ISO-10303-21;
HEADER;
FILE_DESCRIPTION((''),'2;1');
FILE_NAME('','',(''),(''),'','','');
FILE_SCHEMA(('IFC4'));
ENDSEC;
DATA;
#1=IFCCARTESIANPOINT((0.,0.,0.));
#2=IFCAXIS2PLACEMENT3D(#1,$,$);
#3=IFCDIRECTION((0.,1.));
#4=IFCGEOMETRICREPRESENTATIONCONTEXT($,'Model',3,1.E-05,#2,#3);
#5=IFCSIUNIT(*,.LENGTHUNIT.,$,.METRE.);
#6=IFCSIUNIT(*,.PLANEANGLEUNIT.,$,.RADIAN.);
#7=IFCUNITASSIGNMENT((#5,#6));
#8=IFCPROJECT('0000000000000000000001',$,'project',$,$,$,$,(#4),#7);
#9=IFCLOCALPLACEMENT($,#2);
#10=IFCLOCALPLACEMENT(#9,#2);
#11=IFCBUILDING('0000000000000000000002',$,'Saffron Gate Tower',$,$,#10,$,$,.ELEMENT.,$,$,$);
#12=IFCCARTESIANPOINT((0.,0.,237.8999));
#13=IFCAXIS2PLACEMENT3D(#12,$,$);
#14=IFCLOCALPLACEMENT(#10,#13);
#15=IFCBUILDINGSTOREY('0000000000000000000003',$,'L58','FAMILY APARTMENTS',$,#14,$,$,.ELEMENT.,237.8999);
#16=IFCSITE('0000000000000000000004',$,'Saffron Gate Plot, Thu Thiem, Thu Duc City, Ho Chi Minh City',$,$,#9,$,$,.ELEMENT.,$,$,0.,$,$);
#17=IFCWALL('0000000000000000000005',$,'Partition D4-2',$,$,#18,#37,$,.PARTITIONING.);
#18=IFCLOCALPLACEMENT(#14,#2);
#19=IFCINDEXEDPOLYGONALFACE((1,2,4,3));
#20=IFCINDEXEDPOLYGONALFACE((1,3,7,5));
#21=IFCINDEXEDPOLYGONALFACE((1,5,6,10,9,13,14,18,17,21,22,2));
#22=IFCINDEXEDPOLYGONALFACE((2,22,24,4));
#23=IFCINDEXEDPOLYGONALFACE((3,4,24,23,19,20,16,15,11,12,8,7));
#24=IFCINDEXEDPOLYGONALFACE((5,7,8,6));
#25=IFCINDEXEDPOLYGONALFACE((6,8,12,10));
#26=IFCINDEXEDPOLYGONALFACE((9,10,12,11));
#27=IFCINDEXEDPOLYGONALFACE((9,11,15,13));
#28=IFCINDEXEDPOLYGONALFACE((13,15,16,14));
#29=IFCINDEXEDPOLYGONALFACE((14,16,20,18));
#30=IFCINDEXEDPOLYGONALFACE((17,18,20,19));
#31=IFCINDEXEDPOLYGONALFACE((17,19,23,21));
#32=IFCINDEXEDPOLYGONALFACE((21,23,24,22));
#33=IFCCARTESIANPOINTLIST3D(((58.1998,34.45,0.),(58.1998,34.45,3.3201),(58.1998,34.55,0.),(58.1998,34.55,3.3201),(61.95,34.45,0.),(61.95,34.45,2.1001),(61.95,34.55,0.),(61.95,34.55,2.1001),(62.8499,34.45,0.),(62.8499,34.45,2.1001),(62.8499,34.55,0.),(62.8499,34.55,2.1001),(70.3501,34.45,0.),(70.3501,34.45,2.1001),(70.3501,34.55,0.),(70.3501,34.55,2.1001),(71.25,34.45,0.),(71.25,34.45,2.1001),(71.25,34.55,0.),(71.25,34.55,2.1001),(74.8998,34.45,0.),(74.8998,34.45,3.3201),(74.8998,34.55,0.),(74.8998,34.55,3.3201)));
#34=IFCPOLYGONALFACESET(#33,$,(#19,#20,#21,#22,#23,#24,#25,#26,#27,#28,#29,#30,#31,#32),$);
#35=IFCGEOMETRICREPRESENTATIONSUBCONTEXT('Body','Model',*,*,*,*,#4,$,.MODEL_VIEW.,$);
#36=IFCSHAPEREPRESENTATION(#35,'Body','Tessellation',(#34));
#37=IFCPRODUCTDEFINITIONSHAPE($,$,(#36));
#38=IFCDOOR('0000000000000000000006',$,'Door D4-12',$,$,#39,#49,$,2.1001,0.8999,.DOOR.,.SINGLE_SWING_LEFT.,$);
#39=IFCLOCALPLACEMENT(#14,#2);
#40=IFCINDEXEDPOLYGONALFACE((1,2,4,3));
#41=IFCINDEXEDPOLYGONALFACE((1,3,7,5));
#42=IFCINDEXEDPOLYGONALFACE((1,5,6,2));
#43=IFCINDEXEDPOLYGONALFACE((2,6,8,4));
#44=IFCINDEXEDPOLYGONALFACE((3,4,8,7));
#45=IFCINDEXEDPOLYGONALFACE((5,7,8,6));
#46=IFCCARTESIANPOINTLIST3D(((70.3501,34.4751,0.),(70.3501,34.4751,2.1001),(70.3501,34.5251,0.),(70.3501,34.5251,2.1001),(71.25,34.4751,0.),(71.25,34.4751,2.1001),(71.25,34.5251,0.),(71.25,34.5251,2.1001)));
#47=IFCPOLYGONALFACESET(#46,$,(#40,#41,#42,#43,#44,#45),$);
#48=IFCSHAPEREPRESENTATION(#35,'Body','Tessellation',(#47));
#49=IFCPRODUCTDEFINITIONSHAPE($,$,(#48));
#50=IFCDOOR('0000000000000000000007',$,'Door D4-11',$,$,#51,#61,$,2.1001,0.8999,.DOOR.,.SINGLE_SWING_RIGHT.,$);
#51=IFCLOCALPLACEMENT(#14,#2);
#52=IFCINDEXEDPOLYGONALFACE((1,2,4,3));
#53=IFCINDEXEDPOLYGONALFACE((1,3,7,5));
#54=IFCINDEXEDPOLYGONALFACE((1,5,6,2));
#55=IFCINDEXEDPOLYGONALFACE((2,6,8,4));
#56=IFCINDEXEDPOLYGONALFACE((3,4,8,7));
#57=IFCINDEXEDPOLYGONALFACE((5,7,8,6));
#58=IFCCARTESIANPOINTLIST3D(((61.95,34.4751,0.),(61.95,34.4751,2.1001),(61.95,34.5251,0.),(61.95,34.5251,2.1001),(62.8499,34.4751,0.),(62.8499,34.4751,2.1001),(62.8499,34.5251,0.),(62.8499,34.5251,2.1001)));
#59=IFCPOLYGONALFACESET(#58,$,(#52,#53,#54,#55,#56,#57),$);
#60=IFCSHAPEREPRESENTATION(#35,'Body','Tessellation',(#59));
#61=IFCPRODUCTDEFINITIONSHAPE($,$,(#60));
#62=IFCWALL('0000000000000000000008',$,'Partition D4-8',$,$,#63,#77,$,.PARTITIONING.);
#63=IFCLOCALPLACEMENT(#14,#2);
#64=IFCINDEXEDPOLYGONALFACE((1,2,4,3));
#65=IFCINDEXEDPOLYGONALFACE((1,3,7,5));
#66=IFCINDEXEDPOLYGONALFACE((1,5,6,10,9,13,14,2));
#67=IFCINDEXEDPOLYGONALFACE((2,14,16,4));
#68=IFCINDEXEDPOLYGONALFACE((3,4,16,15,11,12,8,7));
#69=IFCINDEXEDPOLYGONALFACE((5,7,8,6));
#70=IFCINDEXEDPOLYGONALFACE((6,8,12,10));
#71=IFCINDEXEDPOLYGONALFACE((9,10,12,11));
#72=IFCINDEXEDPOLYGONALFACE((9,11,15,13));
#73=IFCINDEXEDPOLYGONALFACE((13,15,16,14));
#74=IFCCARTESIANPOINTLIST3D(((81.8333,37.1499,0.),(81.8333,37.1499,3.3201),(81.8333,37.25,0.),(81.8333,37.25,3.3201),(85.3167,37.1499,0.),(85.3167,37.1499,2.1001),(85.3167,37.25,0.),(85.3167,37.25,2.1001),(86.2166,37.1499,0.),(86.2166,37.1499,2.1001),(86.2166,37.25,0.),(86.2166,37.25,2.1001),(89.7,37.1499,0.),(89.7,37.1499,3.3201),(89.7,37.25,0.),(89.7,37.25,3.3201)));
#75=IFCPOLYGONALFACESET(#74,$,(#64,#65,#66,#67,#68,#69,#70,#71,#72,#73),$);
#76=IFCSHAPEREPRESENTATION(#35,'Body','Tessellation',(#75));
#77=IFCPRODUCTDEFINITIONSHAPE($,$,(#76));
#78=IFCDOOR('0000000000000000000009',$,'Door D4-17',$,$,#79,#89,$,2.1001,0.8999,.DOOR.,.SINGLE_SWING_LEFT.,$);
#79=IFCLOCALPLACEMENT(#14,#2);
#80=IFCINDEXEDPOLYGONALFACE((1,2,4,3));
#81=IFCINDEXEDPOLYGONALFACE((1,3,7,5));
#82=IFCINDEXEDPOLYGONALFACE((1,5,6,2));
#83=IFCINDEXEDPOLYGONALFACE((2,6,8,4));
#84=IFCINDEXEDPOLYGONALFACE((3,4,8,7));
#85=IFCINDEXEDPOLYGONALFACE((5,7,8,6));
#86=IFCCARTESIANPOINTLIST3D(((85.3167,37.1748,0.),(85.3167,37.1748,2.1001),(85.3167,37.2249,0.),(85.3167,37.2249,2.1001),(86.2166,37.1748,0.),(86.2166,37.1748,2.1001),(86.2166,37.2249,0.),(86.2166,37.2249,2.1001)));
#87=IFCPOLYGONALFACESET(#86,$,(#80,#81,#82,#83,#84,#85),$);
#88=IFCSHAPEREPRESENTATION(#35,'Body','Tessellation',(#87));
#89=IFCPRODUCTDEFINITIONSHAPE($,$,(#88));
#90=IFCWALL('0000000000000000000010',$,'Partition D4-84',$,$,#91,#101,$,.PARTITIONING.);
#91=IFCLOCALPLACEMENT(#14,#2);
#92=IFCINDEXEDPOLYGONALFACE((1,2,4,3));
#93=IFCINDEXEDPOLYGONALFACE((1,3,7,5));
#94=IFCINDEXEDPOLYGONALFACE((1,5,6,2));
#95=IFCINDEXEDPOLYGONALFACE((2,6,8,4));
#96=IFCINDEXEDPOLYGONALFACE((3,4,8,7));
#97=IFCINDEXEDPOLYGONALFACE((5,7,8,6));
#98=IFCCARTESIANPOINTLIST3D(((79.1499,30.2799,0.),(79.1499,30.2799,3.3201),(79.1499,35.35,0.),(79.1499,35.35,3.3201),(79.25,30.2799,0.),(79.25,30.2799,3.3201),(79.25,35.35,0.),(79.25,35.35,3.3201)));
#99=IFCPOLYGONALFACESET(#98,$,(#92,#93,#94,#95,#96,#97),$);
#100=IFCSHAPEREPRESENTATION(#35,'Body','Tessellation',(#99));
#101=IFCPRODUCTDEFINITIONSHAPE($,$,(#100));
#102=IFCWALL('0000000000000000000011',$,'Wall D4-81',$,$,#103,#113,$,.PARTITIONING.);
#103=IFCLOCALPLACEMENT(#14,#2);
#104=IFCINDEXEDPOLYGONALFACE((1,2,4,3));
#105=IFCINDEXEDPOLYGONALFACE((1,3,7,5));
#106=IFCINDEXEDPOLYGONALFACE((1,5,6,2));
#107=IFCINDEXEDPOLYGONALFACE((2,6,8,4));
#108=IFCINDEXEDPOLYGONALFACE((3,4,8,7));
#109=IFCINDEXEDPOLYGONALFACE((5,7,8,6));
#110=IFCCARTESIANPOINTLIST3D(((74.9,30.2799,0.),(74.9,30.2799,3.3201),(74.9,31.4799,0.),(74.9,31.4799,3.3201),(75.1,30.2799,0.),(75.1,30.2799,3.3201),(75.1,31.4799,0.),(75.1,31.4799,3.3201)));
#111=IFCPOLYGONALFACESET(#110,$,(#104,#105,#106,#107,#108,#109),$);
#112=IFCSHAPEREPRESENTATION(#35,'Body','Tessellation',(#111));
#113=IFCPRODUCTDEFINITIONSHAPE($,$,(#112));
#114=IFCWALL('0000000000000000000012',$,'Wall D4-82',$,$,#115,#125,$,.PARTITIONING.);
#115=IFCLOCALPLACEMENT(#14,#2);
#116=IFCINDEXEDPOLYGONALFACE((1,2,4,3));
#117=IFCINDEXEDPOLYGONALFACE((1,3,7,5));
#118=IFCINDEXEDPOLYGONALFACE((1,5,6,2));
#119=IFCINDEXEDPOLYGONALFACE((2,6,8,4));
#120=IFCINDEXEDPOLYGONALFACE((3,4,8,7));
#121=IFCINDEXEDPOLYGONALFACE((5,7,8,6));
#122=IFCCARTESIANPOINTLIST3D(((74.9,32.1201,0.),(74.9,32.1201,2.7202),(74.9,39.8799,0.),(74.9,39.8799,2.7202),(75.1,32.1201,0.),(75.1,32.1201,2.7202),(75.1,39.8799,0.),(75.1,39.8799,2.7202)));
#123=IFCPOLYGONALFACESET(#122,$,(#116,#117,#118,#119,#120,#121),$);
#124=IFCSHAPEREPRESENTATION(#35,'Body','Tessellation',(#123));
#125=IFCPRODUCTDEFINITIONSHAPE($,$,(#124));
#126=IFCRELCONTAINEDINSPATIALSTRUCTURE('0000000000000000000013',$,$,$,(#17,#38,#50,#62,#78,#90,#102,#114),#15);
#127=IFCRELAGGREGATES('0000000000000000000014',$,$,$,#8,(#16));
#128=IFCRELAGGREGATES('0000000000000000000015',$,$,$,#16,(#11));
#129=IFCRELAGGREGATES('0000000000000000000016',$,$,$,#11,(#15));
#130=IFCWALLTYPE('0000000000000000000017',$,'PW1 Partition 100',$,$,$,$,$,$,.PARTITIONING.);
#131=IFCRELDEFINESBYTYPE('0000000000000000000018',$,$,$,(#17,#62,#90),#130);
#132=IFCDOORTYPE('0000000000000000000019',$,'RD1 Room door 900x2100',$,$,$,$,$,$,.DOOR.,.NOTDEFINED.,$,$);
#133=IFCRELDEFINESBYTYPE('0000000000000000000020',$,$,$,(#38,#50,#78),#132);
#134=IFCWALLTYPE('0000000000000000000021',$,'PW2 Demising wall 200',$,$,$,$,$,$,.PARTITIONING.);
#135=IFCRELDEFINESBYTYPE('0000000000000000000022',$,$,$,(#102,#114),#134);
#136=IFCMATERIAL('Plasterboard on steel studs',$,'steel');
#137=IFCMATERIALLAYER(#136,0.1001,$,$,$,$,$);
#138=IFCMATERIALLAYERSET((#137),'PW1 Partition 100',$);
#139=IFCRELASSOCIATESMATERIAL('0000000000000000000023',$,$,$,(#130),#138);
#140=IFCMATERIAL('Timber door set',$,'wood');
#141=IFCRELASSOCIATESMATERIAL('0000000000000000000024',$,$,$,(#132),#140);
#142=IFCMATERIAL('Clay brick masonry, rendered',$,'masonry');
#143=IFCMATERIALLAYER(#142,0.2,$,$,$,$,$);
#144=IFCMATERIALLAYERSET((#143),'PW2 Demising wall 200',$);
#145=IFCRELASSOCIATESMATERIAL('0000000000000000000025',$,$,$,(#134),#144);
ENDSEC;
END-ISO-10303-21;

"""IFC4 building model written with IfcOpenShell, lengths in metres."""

from ifc_helpers import new_model, si_unit, direction, frame, frame_2d, origin, place, context, subcontext, project, spatial, rectangle, extrude, material, layer, layer_set, type_object, element, fill, save


model = new_model("IFC4")

# Units and contexts
model_context = context("Model", 3, precision=1e-05, world=origin(), true_north=direction((0.0, 1.0)))
body_context = subcontext(model_context, "Body", "Model", "MODEL_VIEW")
ifc_project = project(units=[si_unit("LENGTHUNIT", "METRE"), si_unit("PLANEANGLEUNIT", "RADIAN")], contexts=[model_context])

# Site, building, storey
site_placement = place(None, origin())
site = spatial("IfcSite", under=ifc_project, at=site_placement, Name="Saffron Gate Plot, Thu Thiem, Thu Duc City, Ho Chi Minh City", CompositionType="ELEMENT", RefElevation=0.0)
building_placement = place(site_placement, origin())
building = spatial("IfcBuilding", under=site, at=building_placement, Name="Saffron Gate Tower", CompositionType="ELEMENT")
storey_placement = place(building_placement, frame((0.0, 0.0, 237.8999)))
storey = spatial("IfcBuildingStorey", under=building, at=storey_placement, Name="L58", Description="FAMILY APARTMENTS", CompositionType="ELEMENT", Elevation=237.8999)

# Wall, openings, doors
ifc_material_1 = material(Name="Plasterboard on steel studs", Category="steel")
ifc_layer_1 = layer(ifc_material_1, 0.1001)
ifc_layer_set_1 = layer_set([ifc_layer_1], Name="PW1 Partition 100")
wall_type_1 = type_object("IfcWallType", Name="PW1 Partition 100", PredefinedType="PARTITIONING", material=ifc_layer_set_1)
wall_1_placement = place(storey_placement, frame((74.8999, 34.5, 0.0), z_axis=(0.0, 0.0, 1.0), x_axis=(-1.0, 0.0, 0.0)))
wall_1 = element("IfcWall", 1, at=wall_1_placement, inside=storey, type_object=wall_type_1, Name="Partition D4-2", PredefinedType="PARTITIONING", context=body_context, shape_type="SweptSolid", body=[
    extrude(rectangle(XDim=16.7, YDim=0.1001, at=frame_2d((8.3501, 0.0))), origin(), (0.0, 0.0, 1.0), 3.3201),
])
opening_1_placement = place(wall_1_placement, frame((3.6499, 0.0, 0.0)))
opening_1 = element("IfcOpeningElement", 2, at=opening_1_placement, cuts=wall_1, PredefinedType="OPENING", context=body_context, shape_type="SweptSolid", body=[
    extrude(rectangle(XDim=0.8999, YDim=2.1001, at=frame_2d((0.45, 1.05))), frame((0.0, 0.0601, 0.0), z_axis=(0.0, -1.0, 0.0), x_axis=(1.0, 0.0, 0.0)), (0.0, 0.0, 1.0), 0.1201),
])
opening_2_placement = place(wall_1_placement, frame((12.05, 0.0, 0.0)))
opening_2 = element("IfcOpeningElement", 3, at=opening_2_placement, cuts=wall_1, PredefinedType="OPENING", context=body_context, shape_type="SweptSolid", body=[
    extrude(rectangle(XDim=0.8999, YDim=2.1001, at=frame_2d((0.45, 1.05))), frame((0.0, 0.0601, 0.0), z_axis=(0.0, -1.0, 0.0), x_axis=(1.0, 0.0, 0.0)), (0.0, 0.0, 1.0), 0.1201),
])
ifc_material_2 = material(Name="Timber door set", Category="wood")
door_type = type_object("IfcDoorType", Name="RD1 Room door 900x2100", OperationType="NOTDEFINED", PredefinedType="DOOR", material=ifc_material_2)
door_1_placement = place(opening_1_placement, origin())
door_1 = element("IfcDoor", 4, at=door_1_placement, inside=storey, type_object=door_type, Name="Door D4-12", OperationType="SINGLE_SWING_LEFT", OverallHeight=2.1001, OverallWidth=0.8999, PredefinedType="DOOR", context=body_context, shape_type="SweptSolid", body=[
    extrude(rectangle(XDim=0.8999, YDim=2.1001, at=frame_2d((0.45, 1.05))), frame((0.0, 0.0249, 0.0), z_axis=(0.0, -1.0, 0.0), x_axis=(1.0, 0.0, 0.0)), (0.0, 0.0, 1.0), 0.05),
])
fill(opening_1, door_1)
door_2_placement = place(opening_2_placement, origin())
door_2 = element("IfcDoor", 5, at=door_2_placement, inside=storey, type_object=door_type, Name="Door D4-11", OperationType="SINGLE_SWING_RIGHT", OverallHeight=2.1001, OverallWidth=0.8999, PredefinedType="DOOR", context=body_context, shape_type="SweptSolid", body=[
    extrude(rectangle(XDim=0.8999, YDim=2.1001, at=frame_2d((0.45, 1.05))), frame((0.0, 0.0249, 0.0), z_axis=(0.0, -1.0, 0.0), x_axis=(1.0, 0.0, 0.0)), (0.0, 0.0, 1.0), 0.05),
])
fill(opening_2, door_2)

# Wall, opening, door
wall_2_placement = place(storey_placement, frame((81.8333, 37.2, 0.0), z_axis=(0.0, 0.0, 1.0), x_axis=(1.0, 0.0, 0.0)))
wall_2 = element("IfcWall", 6, at=wall_2_placement, inside=storey, type_object=wall_type_1, Name="Partition D4-8", PredefinedType="PARTITIONING", context=body_context, shape_type="SweptSolid", body=[
    extrude(rectangle(XDim=7.8667, YDim=0.1001, at=frame_2d((3.9333, 0.0))), origin(), (0.0, 0.0, 1.0), 3.3201),
])
opening_3_placement = place(wall_2_placement, frame((3.4834, 0.0, 0.0)))
opening_3 = element("IfcOpeningElement", 7, at=opening_3_placement, cuts=wall_2, PredefinedType="OPENING", context=body_context, shape_type="SweptSolid", body=[
    extrude(rectangle(XDim=0.8999, YDim=2.1001, at=frame_2d((0.45, 1.05))), frame((0.0, 0.0601, 0.0), z_axis=(0.0, -1.0, 0.0), x_axis=(1.0, 0.0, 0.0)), (0.0, 0.0, 1.0), 0.1201),
])
door_3_placement = place(opening_3_placement, origin())
door_3 = element("IfcDoor", 8, at=door_3_placement, inside=storey, type_object=door_type, Name="Door D4-17", OperationType="SINGLE_SWING_LEFT", OverallHeight=2.1001, OverallWidth=0.8999, PredefinedType="DOOR", context=body_context, shape_type="SweptSolid", body=[
    extrude(rectangle(XDim=0.8999, YDim=2.1001, at=frame_2d((0.45, 1.05))), frame((0.0, 0.0249, 0.0), z_axis=(0.0, -1.0, 0.0), x_axis=(1.0, 0.0, 0.0)), (0.0, 0.0, 1.0), 0.05),
])
fill(opening_3, door_3)

# Walls
wall_3_placement = place(storey_placement, frame((79.2, 35.3501, 0.0), z_axis=(0.0, 0.0, 1.0), x_axis=(0.0, -1.0, 0.0)))
element("IfcWall", 9, at=wall_3_placement, inside=storey, type_object=wall_type_1, Name="Partition D4-84", PredefinedType="PARTITIONING", context=body_context, shape_type="SweptSolid", body=[
    extrude(rectangle(XDim=5.0701, YDim=0.1001, at=frame_2d((2.5352, 0.0))), origin(), (0.0, 0.0, 1.0), 3.3201),
])
ifc_material_3 = material(Name="Clay brick masonry, rendered", Category="masonry")
ifc_layer_2 = layer(ifc_material_3, 0.2)
ifc_layer_set_2 = layer_set([ifc_layer_2], Name="PW2 Demising wall 200")
wall_type_2 = type_object("IfcWallType", Name="PW2 Demising wall 200", PredefinedType="PARTITIONING", material=ifc_layer_set_2)
wall_4_placement = place(storey_placement, frame((75.0, 31.48, 0.0), z_axis=(0.0, 0.0, 1.0), x_axis=(0.0, -1.0, 0.0)))
element("IfcWall", 10, at=wall_4_placement, inside=storey, type_object=wall_type_2, Name="Wall D4-81", PredefinedType="PARTITIONING", context=body_context, shape_type="SweptSolid", body=[
    extrude(rectangle(XDim=1.2, YDim=0.2, at=frame_2d((0.6001, 0.0))), origin(), (0.0, 0.0, 1.0), 3.3201),
])
wall_5_placement = place(storey_placement, frame((75.0, 39.8799, 0.0), z_axis=(0.0, 0.0, 1.0), x_axis=(0.0, -1.0, 0.0)))
element("IfcWall", 11, at=wall_5_placement, inside=storey, type_object=wall_type_2, Name="Wall D4-82", PredefinedType="PARTITIONING", context=body_context, shape_type="SweptSolid", body=[
    extrude(rectangle(XDim=7.7598, YDim=0.2, at=frame_2d((3.8799, 0.0))), origin(), (0.0, 0.0, 1.0), 2.7202),
])

save(model, "model.ifc")
